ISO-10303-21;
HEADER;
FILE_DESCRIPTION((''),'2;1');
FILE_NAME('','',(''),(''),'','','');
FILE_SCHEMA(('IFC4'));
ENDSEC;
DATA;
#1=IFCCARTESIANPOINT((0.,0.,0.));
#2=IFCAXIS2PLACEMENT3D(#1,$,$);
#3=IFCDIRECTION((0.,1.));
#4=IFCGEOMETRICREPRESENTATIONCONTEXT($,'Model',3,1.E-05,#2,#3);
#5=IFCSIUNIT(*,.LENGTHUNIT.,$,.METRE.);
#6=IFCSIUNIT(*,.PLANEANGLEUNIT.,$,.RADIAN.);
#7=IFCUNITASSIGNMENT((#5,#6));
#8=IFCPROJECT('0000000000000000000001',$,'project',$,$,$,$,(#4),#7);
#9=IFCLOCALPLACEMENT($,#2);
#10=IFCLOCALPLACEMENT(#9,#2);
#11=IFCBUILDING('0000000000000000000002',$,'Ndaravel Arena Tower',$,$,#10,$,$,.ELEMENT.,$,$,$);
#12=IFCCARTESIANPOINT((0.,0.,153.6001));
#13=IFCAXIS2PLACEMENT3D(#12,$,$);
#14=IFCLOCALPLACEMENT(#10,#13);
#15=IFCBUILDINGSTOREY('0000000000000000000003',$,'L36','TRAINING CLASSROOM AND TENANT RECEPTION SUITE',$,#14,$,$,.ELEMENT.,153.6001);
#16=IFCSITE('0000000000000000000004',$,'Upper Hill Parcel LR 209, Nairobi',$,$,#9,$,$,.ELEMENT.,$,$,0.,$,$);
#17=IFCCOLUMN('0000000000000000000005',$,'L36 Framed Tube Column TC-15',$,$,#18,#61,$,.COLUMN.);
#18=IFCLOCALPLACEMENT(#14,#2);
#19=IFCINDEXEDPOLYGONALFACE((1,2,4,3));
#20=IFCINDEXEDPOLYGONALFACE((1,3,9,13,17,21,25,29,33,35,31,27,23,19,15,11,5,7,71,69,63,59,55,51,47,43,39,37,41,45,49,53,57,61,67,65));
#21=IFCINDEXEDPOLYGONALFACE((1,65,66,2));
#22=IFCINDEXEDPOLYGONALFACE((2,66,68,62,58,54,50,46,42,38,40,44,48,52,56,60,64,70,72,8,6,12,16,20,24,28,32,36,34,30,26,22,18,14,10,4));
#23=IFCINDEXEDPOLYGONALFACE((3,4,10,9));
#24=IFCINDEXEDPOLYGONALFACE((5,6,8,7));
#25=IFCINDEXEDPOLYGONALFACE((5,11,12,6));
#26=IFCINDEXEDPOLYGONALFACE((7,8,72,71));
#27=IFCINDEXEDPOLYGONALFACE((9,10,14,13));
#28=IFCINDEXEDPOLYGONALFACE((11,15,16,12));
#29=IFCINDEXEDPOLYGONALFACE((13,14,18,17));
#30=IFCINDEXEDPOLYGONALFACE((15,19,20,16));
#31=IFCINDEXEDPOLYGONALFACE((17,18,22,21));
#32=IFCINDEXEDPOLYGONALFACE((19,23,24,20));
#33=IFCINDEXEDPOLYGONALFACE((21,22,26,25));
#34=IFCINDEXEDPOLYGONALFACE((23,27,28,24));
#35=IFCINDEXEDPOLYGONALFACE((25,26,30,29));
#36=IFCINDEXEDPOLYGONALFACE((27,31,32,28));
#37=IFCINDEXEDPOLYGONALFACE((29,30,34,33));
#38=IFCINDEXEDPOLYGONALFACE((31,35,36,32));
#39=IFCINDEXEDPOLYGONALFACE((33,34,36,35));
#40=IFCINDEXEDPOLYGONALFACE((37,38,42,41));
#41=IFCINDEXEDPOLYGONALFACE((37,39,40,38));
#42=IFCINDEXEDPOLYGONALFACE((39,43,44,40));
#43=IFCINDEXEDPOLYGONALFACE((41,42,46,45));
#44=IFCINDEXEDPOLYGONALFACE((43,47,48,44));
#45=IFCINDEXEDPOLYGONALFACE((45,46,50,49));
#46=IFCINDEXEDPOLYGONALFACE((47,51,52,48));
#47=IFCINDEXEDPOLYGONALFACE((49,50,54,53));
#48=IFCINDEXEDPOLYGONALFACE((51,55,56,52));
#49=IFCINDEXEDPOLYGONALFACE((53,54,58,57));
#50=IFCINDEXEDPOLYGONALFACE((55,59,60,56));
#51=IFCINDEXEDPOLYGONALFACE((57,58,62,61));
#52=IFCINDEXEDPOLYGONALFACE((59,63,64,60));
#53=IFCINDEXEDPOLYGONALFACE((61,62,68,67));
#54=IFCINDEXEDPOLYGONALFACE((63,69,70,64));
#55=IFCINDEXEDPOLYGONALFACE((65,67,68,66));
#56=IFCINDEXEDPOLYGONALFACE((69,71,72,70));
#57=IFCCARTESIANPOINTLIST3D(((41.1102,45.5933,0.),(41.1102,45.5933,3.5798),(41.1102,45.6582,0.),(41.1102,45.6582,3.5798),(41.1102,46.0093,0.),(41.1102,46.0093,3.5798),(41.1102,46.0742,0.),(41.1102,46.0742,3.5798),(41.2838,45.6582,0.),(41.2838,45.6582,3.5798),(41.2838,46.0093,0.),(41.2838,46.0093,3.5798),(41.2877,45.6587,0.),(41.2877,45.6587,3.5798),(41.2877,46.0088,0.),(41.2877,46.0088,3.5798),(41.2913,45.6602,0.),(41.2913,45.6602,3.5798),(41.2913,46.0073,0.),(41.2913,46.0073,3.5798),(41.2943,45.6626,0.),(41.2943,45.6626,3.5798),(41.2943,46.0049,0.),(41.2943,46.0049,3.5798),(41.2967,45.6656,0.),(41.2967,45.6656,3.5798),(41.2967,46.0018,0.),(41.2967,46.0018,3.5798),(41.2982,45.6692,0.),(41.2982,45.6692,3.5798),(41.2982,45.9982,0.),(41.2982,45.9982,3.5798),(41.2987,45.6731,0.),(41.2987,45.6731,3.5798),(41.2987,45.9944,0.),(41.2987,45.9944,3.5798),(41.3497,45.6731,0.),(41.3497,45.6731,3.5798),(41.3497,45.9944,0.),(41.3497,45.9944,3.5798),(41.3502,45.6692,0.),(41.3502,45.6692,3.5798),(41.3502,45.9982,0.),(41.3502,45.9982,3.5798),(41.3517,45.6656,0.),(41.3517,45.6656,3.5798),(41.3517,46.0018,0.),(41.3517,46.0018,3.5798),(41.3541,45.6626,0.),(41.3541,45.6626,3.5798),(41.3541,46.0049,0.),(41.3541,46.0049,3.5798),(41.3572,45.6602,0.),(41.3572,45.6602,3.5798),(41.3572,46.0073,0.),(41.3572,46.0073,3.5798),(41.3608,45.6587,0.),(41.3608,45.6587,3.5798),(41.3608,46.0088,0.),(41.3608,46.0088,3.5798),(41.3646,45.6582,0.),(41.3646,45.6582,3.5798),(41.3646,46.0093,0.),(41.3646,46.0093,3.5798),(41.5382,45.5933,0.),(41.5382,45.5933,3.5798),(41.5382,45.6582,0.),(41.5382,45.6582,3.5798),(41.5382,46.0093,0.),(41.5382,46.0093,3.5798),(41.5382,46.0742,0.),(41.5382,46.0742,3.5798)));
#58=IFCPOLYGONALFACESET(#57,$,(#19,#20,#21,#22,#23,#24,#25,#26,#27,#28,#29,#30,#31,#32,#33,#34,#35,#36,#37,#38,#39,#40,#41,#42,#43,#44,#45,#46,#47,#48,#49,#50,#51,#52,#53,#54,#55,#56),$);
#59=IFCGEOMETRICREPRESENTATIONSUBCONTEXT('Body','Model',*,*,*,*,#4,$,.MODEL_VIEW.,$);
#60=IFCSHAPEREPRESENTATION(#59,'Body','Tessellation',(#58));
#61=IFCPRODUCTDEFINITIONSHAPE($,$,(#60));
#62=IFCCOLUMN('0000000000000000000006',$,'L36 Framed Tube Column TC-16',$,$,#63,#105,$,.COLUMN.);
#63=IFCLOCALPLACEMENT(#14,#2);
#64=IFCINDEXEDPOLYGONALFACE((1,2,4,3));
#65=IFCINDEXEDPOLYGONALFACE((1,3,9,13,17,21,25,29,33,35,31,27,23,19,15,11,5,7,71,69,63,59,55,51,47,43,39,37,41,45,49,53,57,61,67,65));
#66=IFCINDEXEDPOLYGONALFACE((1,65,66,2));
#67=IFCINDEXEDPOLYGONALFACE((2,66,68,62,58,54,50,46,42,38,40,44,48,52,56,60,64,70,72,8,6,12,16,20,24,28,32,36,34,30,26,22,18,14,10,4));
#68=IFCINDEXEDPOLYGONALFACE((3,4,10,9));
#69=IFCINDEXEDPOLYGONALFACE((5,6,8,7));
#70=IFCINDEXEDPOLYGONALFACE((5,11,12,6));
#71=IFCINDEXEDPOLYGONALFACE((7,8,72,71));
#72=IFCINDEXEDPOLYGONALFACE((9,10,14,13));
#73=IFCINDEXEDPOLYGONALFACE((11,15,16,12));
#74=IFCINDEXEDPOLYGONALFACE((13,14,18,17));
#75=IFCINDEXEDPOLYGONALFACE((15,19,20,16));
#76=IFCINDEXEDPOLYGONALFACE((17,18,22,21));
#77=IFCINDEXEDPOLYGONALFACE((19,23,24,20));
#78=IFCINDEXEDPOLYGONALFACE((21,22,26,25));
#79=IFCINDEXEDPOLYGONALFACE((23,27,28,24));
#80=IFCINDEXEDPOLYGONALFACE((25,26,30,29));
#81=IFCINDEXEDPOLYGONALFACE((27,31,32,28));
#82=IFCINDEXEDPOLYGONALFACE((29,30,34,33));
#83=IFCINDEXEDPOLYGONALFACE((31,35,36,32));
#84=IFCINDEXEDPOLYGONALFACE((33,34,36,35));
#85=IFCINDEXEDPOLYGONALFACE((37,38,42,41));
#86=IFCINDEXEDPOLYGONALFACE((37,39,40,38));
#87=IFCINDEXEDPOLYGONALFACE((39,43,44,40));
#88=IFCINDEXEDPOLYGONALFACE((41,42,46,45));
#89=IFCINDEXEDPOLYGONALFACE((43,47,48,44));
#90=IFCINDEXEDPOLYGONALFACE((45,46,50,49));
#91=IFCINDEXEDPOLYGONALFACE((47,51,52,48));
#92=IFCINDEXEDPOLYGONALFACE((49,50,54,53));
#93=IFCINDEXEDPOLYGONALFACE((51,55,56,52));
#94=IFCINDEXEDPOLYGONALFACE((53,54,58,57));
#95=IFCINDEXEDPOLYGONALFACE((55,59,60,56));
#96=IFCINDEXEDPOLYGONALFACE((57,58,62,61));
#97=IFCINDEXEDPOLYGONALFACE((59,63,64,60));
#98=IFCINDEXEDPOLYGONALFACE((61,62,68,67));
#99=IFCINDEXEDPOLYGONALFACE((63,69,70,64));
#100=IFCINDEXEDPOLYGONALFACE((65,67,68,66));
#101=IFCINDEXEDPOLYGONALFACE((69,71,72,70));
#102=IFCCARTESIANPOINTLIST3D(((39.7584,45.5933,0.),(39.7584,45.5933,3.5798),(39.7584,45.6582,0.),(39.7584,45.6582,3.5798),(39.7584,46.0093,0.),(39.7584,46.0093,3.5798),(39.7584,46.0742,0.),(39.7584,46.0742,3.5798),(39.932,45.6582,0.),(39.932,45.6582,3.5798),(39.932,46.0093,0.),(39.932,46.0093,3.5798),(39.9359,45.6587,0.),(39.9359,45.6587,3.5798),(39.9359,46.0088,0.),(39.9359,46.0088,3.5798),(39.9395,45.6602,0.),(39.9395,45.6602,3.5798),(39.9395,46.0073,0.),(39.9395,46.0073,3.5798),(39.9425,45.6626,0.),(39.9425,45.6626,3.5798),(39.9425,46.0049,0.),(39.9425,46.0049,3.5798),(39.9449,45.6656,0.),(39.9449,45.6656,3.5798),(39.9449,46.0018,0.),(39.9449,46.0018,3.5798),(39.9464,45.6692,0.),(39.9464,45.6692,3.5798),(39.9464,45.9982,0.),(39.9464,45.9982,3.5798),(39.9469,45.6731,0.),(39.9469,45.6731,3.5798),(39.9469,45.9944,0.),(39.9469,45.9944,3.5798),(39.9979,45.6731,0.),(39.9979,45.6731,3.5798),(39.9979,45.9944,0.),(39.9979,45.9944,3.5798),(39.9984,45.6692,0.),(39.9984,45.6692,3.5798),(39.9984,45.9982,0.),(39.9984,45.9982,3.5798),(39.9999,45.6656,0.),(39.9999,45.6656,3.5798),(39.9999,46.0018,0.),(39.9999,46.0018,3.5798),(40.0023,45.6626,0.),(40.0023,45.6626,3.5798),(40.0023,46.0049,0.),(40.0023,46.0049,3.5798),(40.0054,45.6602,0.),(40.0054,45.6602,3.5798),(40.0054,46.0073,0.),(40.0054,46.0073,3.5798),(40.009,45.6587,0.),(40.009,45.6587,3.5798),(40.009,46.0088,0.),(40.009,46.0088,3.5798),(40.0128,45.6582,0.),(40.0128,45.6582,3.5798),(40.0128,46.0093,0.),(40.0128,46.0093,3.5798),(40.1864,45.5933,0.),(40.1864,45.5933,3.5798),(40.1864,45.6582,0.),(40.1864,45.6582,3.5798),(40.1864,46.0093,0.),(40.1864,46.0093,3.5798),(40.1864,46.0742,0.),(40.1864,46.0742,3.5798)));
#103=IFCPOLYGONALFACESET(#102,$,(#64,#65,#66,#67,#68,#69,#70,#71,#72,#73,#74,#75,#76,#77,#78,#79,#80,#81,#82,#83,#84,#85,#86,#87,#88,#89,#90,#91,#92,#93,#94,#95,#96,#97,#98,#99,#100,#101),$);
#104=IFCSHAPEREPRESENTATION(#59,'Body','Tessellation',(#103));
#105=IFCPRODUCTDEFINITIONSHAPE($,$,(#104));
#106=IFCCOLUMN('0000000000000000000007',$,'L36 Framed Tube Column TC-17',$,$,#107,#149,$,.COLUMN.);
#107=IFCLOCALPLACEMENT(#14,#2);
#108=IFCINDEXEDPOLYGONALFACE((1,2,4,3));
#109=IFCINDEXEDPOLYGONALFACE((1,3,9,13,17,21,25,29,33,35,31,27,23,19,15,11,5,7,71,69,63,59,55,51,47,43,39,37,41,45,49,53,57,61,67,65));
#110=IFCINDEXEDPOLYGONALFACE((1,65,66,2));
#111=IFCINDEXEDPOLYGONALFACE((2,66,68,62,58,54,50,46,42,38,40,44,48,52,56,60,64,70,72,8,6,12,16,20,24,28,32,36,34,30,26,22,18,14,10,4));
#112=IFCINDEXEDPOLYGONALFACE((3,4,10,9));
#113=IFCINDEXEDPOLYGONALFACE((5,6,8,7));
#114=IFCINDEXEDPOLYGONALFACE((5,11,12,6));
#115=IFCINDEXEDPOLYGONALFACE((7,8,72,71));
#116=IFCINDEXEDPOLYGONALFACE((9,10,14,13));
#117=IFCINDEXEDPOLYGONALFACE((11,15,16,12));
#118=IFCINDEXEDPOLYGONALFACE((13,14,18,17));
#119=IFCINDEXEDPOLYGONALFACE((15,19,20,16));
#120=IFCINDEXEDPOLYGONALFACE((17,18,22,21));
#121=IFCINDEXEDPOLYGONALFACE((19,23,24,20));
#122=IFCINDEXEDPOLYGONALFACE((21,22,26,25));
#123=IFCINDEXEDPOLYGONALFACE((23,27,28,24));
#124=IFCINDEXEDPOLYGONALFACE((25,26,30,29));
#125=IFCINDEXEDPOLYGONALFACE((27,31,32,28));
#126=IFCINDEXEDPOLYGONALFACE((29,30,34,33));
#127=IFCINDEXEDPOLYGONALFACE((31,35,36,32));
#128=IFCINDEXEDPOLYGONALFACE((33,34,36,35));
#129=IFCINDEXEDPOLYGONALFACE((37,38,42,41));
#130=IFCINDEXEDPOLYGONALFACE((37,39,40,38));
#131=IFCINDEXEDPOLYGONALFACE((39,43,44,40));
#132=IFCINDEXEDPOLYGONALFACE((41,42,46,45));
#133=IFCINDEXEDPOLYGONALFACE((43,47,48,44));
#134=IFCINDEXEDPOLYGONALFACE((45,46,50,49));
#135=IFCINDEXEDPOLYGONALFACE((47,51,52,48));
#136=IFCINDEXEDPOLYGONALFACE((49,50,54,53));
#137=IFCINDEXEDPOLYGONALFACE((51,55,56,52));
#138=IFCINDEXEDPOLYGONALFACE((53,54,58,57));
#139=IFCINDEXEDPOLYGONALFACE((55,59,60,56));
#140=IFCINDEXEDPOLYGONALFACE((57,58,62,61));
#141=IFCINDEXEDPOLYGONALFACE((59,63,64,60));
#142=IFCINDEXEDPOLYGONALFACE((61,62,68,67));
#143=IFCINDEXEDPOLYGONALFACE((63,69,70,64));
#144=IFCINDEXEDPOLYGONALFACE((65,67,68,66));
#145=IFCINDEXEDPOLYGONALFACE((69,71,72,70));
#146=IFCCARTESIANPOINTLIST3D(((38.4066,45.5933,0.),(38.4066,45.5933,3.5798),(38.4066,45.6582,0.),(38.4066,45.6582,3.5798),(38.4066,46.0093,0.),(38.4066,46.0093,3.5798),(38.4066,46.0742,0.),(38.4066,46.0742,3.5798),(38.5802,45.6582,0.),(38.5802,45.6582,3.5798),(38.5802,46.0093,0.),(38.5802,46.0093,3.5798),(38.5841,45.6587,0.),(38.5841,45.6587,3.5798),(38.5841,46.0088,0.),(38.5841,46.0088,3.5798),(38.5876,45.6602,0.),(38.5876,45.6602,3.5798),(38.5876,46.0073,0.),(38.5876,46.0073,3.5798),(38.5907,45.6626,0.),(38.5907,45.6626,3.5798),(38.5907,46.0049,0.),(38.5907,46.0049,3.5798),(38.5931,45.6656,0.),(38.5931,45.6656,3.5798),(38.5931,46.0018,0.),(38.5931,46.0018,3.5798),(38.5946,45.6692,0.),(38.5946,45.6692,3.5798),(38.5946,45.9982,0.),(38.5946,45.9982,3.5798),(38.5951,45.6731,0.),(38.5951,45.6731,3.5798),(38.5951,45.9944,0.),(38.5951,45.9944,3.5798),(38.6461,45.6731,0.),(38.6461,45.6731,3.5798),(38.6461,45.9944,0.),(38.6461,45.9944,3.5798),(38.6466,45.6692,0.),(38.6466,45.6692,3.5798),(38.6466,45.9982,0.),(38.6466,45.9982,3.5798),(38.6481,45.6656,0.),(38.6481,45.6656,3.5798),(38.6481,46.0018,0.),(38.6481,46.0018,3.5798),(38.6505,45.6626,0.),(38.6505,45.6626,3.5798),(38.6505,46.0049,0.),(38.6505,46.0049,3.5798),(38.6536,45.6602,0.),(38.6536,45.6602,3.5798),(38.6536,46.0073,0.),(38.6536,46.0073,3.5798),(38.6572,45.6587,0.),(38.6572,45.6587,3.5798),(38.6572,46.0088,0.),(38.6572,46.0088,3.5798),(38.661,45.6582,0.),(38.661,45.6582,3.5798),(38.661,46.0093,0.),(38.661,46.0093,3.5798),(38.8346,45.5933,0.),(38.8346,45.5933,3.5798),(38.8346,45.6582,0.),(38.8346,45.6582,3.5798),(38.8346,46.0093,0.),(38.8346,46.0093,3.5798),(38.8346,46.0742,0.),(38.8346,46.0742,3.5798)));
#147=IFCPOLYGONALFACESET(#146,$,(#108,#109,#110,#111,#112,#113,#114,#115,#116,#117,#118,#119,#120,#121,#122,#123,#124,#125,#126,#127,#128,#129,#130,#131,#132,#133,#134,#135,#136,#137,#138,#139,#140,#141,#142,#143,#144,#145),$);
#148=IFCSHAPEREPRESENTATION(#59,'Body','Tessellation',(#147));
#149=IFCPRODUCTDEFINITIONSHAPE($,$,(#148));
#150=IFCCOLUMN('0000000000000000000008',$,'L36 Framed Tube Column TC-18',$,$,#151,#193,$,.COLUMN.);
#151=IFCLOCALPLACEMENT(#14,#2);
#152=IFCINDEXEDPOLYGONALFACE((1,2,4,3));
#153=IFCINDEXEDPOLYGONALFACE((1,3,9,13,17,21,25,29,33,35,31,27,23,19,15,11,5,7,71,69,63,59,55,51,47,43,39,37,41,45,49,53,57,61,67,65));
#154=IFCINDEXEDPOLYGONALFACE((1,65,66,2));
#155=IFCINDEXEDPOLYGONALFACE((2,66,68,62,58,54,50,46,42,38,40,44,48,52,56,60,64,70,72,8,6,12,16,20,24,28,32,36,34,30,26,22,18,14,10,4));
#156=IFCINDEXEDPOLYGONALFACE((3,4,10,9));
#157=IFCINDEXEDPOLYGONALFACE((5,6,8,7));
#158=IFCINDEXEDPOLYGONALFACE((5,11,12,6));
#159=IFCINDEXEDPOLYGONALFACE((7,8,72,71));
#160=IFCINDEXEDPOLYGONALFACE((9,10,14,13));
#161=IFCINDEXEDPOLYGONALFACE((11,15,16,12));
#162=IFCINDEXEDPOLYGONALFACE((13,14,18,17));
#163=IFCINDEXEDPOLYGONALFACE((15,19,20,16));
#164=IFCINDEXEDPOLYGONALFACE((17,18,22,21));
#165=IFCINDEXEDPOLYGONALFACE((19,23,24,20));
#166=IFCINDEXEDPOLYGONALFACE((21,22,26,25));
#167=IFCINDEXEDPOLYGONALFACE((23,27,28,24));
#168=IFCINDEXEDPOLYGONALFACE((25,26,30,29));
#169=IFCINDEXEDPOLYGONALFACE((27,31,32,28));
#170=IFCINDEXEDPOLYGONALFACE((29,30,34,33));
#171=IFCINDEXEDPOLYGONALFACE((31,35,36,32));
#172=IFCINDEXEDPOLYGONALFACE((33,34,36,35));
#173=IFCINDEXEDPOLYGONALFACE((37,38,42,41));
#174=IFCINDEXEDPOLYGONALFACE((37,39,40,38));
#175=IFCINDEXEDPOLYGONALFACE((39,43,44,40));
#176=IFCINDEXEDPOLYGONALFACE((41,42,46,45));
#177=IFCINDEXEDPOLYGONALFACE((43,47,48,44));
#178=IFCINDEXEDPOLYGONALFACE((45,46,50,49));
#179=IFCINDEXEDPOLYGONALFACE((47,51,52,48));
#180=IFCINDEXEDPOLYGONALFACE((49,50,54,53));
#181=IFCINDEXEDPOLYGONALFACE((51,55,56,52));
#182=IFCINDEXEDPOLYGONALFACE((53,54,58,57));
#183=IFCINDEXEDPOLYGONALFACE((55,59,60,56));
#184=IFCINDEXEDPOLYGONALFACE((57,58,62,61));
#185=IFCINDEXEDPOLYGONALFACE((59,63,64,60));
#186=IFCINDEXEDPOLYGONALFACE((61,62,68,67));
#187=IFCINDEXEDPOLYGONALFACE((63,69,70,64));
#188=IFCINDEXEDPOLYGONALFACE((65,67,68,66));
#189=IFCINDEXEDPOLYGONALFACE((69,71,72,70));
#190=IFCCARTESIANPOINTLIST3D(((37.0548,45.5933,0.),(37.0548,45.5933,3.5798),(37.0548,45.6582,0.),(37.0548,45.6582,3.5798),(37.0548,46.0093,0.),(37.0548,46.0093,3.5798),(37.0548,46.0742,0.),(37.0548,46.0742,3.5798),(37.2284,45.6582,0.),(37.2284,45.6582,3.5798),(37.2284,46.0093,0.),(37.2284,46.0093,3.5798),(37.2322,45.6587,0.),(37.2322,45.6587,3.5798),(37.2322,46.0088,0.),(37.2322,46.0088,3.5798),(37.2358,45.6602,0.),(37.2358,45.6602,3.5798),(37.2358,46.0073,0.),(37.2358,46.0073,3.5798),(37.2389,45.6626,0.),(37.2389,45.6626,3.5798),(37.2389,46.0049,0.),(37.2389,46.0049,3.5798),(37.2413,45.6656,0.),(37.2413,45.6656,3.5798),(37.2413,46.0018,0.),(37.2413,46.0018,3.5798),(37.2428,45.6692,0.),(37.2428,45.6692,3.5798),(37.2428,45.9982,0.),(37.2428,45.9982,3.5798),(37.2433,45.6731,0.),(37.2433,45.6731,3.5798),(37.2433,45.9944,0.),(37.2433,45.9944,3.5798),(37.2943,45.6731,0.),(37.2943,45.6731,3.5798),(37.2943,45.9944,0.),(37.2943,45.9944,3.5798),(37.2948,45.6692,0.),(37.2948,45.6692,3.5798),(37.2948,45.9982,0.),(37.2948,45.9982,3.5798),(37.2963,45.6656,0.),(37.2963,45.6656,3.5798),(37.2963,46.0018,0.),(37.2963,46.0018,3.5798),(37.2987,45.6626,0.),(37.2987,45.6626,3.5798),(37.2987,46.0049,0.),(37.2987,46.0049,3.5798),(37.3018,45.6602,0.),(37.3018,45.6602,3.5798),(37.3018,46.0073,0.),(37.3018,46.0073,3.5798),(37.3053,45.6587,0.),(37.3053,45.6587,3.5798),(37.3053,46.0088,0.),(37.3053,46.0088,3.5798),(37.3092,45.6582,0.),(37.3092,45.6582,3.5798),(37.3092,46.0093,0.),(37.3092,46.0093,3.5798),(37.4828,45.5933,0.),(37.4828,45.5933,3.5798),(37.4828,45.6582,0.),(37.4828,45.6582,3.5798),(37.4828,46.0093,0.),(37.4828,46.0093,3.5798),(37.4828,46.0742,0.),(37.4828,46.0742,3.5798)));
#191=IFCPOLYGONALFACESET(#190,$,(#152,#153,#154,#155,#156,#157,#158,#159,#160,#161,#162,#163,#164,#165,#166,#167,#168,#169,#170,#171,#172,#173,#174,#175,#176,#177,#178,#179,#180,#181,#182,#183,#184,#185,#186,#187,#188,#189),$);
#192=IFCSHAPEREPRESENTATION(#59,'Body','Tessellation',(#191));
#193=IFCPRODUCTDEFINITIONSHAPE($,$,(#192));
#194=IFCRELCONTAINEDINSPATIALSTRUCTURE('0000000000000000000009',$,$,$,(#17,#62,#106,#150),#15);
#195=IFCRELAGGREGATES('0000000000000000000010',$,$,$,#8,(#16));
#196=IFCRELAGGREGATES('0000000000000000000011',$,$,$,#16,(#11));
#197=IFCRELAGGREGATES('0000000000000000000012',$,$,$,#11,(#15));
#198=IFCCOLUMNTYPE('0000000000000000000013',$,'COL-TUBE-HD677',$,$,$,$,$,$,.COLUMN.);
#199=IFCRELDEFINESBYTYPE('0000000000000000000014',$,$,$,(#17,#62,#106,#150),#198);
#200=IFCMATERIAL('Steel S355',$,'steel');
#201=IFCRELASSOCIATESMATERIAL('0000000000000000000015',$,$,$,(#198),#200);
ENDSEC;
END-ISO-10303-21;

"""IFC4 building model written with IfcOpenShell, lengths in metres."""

from ifc_helpers import new_model, si_unit, direction, frame, origin, origin_2d, place, context, subcontext, project, spatial, i_section, extrude, material, material_profile, profile_set, type_object, element, save


model = new_model("IFC4")

# Units and contexts
model_context = context("Model", 3, precision=1e-05, world=origin(), true_north=direction((0.0, 1.0)))
body_context = subcontext(model_context, "Body", "Model", "MODEL_VIEW")
ifc_project = project(units=[si_unit("LENGTHUNIT", "METRE"), si_unit("PLANEANGLEUNIT", "RADIAN")], contexts=[model_context])

# Site, building, storey
site_placement = place(None, origin())
site = spatial("IfcSite", under=ifc_project, at=site_placement, Name="Upper Hill Parcel LR 209, Nairobi", CompositionType="ELEMENT", RefElevation=0.0)
building_placement = place(site_placement, origin())
building = spatial("IfcBuilding", under=site, at=building_placement, Name="Ndaravel Arena Tower", CompositionType="ELEMENT")
storey_placement = place(building_placement, frame((0.0, 0.0, 153.6001)))
storey = spatial("IfcBuildingStorey", under=building, at=storey_placement, Name="L36", Description="TRAINING CLASSROOM AND TENANT RECEPTION SUITE", CompositionType="ELEMENT", Elevation=153.6001)

# Columns
ifc_material_1 = material(Name="Steel S355", Category="steel")
ifc_material_profile_1 = material_profile(ifc_material_1, i_section(OverallWidth=0.428, OverallDepth=0.481, WebThickness=0.051, FlangeThickness=0.0649, FilletRadius=0.0149, at=origin_2d()), Name="HD 400x677")
ifc_profile_set_1 = profile_set([ifc_material_profile_1], Name="Steel S355")
column_type = type_object("IfcColumnType", Name="COL-TUBE-HD677", PredefinedType="COLUMN", material=ifc_profile_set_1)
for number, where, z_axis, x_axis, name in (
    (1, (41.3242, 45.8337, 0.0), (0.0, 0.0, 1.0), (1.0, 0.0, 0.0), "L36 Framed Tube Column TC-15"),
    (2, (39.9724, 45.8337, 0.0), (0.0, 0.0, 1.0), (1.0, 0.0, 0.0), "L36 Framed Tube Column TC-16"),
    (3, (38.6206, 45.8337, 0.0), (0.0, 0.0, 1.0), (1.0, 0.0, 0.0), "L36 Framed Tube Column TC-17"),
    (4, (37.2688, 45.8337, 0.0), (0.0, 0.0, 1.0), (1.0, 0.0, 0.0), "L36 Framed Tube Column TC-18"),
):
    element("IfcColumn", number, at=place(storey_placement, frame(where, z_axis=z_axis, x_axis=x_axis)), inside=storey, type_object=column_type, Name=name, PredefinedType="COLUMN", context=body_context, shape_type="SweptSolid", body=[
        extrude(i_section(OverallWidth=0.428, OverallDepth=0.481, WebThickness=0.051, FlangeThickness=0.0649, FilletRadius=0.0149, at=origin_2d()), origin(), (0.0, 0.0, 1.0), 3.5798),
    ])

save(model, "model.ifc")
